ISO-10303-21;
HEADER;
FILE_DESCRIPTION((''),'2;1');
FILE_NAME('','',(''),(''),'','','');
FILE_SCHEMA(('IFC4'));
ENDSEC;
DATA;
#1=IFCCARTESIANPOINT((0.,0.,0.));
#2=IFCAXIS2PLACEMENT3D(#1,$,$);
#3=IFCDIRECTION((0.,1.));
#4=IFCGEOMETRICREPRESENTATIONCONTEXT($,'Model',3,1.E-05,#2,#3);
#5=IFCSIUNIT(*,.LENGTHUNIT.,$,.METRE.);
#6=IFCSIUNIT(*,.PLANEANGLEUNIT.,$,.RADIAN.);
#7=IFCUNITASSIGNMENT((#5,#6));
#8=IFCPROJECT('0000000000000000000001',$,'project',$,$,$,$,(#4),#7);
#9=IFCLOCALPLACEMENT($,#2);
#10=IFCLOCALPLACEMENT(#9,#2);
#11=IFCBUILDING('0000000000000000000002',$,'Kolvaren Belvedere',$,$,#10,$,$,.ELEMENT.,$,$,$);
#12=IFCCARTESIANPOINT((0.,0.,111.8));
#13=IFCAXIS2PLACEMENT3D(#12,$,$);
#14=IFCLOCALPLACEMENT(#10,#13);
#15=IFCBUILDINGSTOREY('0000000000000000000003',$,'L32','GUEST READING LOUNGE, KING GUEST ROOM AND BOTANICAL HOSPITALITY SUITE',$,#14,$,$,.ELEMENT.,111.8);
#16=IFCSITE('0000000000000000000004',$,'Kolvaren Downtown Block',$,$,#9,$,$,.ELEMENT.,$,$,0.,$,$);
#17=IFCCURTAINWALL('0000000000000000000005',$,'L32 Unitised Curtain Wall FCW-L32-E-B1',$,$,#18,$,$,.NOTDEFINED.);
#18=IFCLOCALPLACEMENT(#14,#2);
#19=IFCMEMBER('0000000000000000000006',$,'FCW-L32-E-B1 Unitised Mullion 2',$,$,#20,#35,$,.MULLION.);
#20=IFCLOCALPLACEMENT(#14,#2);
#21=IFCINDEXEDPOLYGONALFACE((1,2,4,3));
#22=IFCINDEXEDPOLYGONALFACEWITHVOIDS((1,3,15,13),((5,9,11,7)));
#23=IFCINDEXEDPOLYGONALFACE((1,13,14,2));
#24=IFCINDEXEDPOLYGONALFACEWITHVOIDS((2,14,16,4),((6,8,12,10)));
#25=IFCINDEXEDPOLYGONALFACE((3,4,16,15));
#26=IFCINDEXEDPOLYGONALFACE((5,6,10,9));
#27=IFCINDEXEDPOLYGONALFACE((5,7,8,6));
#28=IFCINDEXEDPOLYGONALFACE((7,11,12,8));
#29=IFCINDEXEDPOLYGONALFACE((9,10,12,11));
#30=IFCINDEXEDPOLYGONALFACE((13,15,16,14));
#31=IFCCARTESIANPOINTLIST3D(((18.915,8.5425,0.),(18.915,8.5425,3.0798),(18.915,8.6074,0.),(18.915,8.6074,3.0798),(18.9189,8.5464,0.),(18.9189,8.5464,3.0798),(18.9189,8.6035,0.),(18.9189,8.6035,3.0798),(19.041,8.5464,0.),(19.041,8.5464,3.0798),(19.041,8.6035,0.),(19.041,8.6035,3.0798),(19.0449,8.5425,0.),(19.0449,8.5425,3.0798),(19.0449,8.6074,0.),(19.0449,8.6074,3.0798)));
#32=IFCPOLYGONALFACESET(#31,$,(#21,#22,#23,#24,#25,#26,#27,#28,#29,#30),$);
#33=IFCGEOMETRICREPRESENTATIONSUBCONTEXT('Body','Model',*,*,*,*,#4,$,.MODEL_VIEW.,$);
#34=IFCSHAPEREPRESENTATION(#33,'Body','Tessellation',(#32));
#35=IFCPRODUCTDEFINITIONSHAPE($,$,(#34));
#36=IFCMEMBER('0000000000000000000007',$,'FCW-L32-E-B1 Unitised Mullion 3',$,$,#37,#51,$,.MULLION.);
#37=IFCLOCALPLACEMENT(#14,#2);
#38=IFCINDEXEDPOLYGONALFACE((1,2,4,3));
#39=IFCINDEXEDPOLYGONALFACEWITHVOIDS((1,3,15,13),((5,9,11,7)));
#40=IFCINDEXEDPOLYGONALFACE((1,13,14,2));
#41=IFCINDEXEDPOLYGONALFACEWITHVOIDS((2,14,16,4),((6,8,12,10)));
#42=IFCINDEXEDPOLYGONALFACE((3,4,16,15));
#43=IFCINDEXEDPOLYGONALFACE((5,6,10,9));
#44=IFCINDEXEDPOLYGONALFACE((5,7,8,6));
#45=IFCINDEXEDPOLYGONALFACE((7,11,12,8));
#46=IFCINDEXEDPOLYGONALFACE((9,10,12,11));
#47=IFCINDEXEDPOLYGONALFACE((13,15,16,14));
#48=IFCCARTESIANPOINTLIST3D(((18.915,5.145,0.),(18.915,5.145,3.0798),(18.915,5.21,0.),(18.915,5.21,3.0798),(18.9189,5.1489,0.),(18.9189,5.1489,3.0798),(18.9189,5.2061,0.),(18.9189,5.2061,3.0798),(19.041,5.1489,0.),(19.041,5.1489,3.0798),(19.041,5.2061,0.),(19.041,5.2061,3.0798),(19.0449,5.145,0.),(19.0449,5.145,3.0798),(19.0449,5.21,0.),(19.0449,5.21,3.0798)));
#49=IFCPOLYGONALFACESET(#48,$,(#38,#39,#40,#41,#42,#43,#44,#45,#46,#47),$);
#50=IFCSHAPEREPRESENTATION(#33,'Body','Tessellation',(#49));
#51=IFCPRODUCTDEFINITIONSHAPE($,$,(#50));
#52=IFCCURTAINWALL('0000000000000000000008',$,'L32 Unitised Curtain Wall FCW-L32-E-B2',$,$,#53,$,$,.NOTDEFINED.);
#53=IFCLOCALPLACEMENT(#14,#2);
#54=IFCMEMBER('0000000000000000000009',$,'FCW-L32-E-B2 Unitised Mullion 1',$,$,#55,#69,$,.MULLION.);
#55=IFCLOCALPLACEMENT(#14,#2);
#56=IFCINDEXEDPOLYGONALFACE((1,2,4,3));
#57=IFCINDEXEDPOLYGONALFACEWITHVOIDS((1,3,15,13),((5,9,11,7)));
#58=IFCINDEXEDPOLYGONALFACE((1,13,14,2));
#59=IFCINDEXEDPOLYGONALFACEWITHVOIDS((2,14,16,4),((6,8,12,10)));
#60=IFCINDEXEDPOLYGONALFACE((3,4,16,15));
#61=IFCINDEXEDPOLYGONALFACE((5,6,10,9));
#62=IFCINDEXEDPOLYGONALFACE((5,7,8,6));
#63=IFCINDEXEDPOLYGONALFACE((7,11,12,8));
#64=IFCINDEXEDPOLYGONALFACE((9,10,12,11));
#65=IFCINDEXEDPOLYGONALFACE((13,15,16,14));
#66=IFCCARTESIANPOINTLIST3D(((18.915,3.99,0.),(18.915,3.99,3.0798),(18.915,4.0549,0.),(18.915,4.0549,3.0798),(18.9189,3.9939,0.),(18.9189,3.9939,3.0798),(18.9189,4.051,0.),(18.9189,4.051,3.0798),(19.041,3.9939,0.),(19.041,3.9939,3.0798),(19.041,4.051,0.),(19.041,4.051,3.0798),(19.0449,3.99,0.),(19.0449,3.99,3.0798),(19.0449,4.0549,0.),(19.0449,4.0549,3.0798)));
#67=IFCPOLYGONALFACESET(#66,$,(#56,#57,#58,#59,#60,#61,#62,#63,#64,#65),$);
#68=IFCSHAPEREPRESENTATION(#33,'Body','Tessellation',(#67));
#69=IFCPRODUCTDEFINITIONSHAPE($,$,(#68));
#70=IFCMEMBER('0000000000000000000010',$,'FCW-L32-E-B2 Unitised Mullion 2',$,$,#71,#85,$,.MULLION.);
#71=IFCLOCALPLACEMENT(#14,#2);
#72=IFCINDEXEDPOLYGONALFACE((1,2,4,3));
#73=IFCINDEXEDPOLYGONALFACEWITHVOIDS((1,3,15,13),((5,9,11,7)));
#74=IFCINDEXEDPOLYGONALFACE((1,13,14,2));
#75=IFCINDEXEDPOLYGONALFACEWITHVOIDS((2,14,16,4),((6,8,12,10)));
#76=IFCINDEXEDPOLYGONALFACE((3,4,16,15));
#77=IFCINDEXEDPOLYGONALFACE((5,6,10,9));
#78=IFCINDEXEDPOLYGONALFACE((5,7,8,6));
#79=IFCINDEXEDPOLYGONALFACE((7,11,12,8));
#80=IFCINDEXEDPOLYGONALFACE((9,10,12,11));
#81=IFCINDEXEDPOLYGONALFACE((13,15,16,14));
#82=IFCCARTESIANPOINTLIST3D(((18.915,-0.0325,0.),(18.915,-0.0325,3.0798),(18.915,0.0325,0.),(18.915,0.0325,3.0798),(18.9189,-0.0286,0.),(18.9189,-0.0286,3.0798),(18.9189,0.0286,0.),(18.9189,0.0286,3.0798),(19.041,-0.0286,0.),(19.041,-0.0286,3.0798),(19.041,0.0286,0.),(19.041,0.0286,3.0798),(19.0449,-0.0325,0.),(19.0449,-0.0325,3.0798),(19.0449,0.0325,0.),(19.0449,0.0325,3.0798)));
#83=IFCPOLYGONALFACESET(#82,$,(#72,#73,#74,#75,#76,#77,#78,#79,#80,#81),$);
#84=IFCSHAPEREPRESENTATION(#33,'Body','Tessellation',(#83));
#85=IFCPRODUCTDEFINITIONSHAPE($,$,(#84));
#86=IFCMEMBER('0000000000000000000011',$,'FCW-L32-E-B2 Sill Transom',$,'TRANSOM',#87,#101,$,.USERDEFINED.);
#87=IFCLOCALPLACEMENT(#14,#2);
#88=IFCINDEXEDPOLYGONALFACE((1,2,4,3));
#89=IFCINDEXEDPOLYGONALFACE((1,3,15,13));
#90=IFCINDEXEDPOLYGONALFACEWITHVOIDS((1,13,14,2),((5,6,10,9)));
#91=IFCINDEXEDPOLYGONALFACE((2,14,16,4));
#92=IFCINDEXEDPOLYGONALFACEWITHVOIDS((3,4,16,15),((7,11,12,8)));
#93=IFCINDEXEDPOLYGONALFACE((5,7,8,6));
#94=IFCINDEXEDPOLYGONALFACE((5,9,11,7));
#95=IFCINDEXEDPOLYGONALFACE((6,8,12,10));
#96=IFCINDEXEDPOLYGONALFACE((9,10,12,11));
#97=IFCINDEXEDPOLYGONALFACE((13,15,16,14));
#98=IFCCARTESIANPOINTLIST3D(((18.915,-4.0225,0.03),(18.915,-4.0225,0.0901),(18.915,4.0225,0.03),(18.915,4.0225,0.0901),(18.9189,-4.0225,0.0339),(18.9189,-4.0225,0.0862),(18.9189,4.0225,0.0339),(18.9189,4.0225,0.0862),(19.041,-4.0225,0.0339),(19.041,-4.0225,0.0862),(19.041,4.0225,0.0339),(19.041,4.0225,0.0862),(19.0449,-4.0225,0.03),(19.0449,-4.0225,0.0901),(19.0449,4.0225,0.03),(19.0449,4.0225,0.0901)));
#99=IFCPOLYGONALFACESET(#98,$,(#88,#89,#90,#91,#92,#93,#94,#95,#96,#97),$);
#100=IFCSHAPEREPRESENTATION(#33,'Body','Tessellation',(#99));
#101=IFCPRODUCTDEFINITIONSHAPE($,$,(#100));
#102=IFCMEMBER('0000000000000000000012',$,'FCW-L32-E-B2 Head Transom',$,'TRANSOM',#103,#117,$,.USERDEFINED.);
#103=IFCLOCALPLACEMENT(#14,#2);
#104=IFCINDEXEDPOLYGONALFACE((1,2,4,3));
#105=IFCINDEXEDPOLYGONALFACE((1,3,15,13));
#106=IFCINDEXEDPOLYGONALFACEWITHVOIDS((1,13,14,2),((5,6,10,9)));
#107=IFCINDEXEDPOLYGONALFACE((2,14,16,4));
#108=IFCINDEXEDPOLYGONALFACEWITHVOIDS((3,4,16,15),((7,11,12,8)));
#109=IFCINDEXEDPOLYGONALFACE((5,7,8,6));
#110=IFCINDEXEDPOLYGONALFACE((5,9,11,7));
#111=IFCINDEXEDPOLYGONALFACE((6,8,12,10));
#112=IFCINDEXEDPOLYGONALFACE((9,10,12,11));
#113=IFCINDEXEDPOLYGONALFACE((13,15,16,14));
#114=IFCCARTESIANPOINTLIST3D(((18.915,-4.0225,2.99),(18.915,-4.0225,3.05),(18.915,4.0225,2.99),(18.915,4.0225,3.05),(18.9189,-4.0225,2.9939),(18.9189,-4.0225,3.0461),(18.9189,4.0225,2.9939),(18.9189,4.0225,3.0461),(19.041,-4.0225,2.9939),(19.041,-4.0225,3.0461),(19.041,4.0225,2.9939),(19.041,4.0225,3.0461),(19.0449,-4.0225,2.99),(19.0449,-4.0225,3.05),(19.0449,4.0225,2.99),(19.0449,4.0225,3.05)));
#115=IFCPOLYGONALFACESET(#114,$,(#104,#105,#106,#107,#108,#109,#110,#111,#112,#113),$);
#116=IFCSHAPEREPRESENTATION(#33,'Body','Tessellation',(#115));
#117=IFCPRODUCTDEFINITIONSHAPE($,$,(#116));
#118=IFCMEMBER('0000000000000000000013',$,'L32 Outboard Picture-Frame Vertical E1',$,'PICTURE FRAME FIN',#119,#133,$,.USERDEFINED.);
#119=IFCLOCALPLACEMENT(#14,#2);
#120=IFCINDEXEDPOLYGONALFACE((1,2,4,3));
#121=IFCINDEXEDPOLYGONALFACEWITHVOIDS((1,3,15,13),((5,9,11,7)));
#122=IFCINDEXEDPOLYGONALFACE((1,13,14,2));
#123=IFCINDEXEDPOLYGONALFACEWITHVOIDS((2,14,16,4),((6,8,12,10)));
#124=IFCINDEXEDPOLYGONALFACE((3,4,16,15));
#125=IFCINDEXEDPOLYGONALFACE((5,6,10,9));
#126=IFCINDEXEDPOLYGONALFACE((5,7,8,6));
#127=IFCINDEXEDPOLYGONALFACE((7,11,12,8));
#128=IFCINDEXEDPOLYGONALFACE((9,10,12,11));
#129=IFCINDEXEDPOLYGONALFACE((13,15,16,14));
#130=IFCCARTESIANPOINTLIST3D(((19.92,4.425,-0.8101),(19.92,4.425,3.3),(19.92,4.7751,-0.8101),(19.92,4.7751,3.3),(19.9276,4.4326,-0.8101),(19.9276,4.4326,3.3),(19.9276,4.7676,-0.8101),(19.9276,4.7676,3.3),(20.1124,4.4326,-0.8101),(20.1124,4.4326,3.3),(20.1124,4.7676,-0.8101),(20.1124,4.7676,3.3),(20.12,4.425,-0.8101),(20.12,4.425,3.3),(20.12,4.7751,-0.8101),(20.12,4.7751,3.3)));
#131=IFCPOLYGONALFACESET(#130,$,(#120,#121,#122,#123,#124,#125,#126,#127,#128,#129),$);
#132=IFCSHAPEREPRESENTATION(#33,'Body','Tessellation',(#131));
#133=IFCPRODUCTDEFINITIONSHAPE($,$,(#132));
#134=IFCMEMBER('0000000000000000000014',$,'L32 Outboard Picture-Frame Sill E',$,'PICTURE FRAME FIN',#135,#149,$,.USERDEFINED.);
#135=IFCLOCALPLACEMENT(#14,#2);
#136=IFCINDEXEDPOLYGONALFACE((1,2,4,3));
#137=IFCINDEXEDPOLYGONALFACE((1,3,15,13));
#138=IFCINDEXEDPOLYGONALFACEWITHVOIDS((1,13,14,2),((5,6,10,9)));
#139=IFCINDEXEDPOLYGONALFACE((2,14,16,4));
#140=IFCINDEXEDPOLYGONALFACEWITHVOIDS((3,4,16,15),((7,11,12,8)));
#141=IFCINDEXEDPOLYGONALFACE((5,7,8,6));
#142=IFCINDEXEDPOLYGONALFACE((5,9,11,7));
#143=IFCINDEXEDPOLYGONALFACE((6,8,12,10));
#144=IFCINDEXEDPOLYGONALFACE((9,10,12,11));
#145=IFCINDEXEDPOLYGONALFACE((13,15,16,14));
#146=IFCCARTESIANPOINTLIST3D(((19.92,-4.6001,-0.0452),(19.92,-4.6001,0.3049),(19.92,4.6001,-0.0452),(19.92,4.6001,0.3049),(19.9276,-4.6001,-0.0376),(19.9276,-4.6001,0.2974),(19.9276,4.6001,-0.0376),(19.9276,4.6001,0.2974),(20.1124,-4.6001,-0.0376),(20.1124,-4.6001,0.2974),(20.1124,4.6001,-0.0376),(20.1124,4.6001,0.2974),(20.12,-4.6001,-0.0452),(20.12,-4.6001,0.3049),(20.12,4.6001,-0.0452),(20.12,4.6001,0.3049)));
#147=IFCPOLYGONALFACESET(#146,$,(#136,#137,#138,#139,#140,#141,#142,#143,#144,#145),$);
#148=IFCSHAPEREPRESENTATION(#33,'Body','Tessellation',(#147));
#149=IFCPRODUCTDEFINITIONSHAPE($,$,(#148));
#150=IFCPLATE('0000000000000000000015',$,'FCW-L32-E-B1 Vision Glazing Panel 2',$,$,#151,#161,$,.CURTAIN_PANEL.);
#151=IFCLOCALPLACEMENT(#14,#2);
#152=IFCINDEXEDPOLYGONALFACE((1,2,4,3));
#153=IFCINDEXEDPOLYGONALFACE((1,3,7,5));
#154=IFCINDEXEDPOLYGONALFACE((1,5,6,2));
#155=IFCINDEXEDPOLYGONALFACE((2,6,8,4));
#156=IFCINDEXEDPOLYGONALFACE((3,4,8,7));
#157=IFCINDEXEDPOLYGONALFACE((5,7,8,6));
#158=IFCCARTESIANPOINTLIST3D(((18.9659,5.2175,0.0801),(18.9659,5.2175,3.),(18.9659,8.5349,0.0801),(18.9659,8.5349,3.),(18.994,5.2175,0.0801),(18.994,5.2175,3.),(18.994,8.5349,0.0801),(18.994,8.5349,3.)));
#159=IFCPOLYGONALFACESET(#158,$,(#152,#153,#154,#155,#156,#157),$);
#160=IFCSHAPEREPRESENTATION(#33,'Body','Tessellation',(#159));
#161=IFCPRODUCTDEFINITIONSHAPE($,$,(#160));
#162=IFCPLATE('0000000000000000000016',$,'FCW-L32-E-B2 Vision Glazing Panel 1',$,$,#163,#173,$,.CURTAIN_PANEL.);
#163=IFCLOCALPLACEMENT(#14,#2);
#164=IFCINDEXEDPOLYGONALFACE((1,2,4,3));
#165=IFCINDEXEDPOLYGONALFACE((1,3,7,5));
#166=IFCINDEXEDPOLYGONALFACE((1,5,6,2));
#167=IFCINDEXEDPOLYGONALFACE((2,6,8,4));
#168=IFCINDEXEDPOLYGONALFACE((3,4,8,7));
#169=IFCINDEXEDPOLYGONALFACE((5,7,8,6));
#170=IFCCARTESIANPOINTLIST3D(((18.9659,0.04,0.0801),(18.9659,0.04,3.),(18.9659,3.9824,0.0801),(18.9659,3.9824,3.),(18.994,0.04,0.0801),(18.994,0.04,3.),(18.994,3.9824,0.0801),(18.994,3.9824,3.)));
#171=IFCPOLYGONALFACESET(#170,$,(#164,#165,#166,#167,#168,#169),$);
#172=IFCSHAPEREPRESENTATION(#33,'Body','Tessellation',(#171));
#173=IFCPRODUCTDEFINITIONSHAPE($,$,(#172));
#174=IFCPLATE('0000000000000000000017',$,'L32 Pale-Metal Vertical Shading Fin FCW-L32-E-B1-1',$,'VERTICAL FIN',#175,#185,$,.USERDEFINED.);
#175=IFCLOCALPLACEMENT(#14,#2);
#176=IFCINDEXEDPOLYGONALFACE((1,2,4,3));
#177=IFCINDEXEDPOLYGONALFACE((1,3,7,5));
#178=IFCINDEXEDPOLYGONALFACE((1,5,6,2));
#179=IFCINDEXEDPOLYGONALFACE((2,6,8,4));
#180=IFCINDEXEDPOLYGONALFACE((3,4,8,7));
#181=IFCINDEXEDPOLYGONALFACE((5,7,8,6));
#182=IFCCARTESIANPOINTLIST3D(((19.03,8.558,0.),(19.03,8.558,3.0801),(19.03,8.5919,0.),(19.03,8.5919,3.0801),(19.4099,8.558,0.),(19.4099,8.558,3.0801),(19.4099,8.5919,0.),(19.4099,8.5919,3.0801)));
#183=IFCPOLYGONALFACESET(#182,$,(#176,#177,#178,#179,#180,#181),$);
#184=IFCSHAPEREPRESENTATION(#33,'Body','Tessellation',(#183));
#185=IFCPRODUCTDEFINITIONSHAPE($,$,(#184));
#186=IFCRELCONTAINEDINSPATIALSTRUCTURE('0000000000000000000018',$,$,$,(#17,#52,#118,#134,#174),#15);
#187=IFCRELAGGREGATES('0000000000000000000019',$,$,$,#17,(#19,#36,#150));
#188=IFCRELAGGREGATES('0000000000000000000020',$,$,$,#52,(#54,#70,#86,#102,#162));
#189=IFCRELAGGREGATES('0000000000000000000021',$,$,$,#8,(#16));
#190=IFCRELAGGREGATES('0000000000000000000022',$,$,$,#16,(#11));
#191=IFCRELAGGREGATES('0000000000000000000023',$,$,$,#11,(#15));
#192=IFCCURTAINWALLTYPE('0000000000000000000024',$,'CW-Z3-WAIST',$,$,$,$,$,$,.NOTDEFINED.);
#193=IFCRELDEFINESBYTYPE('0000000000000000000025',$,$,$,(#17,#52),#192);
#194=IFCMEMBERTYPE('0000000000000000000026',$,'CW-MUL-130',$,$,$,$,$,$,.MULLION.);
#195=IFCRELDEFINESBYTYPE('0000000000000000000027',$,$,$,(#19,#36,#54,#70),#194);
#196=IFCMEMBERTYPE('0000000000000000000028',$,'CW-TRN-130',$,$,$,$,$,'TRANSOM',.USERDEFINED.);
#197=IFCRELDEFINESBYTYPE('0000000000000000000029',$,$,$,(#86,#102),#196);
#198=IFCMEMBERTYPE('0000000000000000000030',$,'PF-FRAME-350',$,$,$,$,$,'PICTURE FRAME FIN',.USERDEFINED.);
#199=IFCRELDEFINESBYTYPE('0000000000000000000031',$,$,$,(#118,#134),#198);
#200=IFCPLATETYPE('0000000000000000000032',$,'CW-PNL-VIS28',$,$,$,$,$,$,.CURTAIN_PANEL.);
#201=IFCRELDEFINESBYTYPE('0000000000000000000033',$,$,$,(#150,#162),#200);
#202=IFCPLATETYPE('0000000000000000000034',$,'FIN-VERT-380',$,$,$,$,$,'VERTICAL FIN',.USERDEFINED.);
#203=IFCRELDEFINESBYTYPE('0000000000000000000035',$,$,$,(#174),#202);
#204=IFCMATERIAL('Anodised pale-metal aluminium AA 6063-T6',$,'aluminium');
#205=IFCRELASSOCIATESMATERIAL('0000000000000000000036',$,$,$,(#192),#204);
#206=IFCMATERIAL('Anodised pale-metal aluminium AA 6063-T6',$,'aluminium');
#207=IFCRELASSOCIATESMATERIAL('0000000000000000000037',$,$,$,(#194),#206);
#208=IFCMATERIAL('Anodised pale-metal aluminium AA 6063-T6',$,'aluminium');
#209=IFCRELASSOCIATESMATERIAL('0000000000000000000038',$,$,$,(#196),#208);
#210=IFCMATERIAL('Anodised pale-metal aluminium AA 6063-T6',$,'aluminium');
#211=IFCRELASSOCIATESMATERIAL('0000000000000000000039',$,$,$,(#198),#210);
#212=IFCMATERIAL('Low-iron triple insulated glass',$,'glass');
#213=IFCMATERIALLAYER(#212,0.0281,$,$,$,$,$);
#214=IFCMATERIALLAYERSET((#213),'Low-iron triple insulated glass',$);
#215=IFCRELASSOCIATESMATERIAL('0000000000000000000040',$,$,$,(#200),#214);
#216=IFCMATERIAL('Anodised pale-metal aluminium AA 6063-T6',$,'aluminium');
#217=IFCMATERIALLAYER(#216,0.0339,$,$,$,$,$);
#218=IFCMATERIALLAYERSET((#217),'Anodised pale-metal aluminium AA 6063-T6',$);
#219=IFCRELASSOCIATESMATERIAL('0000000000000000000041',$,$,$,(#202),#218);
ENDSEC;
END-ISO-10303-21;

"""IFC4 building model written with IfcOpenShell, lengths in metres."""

from ifc_helpers import new_model, si_unit, direction, frame, origin, origin_2d, place, context, subcontext, project, spatial, rectangle, hollow_rectangle, extrude, material, layer, layer_set, material_profile, profile_set, type_object, element, aggregate, save


model = new_model("IFC4")

# Units and contexts
model_context = context("Model", 3, precision=1e-05, world=origin(), true_north=direction((0.0, 1.0)))
body_context = subcontext(model_context, "Body", "Model", "MODEL_VIEW")
ifc_project = project(units=[si_unit("LENGTHUNIT", "METRE"), si_unit("PLANEANGLEUNIT", "RADIAN")], contexts=[model_context])

# Site, building, storey
site_placement = place(None, origin())
site = spatial("IfcSite", under=ifc_project, at=site_placement, Name="Kolvaren Downtown Block", CompositionType="ELEMENT", RefElevation=0.0)
building_placement = place(site_placement, origin())
building = spatial("IfcBuilding", under=site, at=building_placement, Name="Kolvaren Belvedere", CompositionType="ELEMENT")
storey_placement = place(building_placement, frame((0.0, 0.0, 111.8)))
storey = spatial("IfcBuildingStorey", under=building, at=storey_placement, Name="L32", Description="GUEST READING LOUNGE, KING GUEST ROOM AND BOTANICAL HOSPITALITY SUITE", CompositionType="ELEMENT", Elevation=111.8)

# Curtain walls, members
ifc_material_1 = material(Name="Anodised pale-metal aluminium AA 6063-T6", Category="aluminium")
curtain_wall_type = type_object("IfcCurtainWallType", Name="CW-Z3-WAIST", PredefinedType="NOTDEFINED", material=ifc_material_1)
curtain_wall_1_placement = place(storey_placement, origin())
curtain_wall_1 = element("IfcCurtainWall", 1, at=curtain_wall_1_placement, inside=storey, type_object=curtain_wall_type, Name="L32 Unitised Curtain Wall FCW-L32-E-B1", PredefinedType="NOTDEFINED")
ifc_material_2 = material(Name="Anodised pale-metal aluminium AA 6063-T6", Category="aluminium")
ifc_material_profile_1 = material_profile(ifc_material_2, hollow_rectangle(XDim=0.0649, YDim=0.1299, WallThickness=0.0039, at=origin_2d()), Name="ALU-MUL-130X65")
ifc_profile_set_1 = profile_set([ifc_material_profile_1], Name="Anodised pale-metal aluminium AA 6063-T6")
member_type_1 = type_object("IfcMemberType", Name="CW-MUL-130", PredefinedType="MULLION", material=ifc_profile_set_1)
member_1_placement = place(storey_placement, frame((18.98, 8.575, 0.0), z_axis=(0.0, 0.0, 1.0), x_axis=(0.0, 1.0, 0.0)))
member_1 = element("IfcMember", 2, at=member_1_placement, type_object=member_type_1, Name="FCW-L32-E-B1 Unitised Mullion 2", PredefinedType="MULLION", context=body_context, shape_type="SweptSolid", body=[
    extrude(hollow_rectangle(XDim=0.0649, YDim=0.1299, WallThickness=0.0039, at=origin_2d()), origin(), (0.0, 0.0, 1.0), 3.0798),
])
member_2_placement = place(storey_placement, frame((18.98, 5.1775, 0.0), z_axis=(0.0, 0.0, 1.0), x_axis=(0.0, 1.0, 0.0)))
member_2 = element("IfcMember", 3, at=member_2_placement, type_object=member_type_1, Name="FCW-L32-E-B1 Unitised Mullion 3", PredefinedType="MULLION", context=body_context, shape_type="SweptSolid", body=[
    extrude(hollow_rectangle(XDim=0.0649, YDim=0.1299, WallThickness=0.0039, at=origin_2d()), origin(), (0.0, 0.0, 1.0), 3.0798),
])
curtain_wall_2_placement = place(storey_placement, origin())
curtain_wall_2 = element("IfcCurtainWall", 4, at=curtain_wall_2_placement, inside=storey, type_object=curtain_wall_type, Name="L32 Unitised Curtain Wall FCW-L32-E-B2", PredefinedType="NOTDEFINED")
member_3_placement = place(storey_placement, frame((18.98, 4.0225, 0.0), z_axis=(0.0, 0.0, 1.0), x_axis=(0.0, 1.0, 0.0)))
member_3 = element("IfcMember", 5, at=member_3_placement, type_object=member_type_1, Name="FCW-L32-E-B2 Unitised Mullion 1", PredefinedType="MULLION", context=body_context, shape_type="SweptSolid", body=[
    extrude(hollow_rectangle(XDim=0.0649, YDim=0.1299, WallThickness=0.0039, at=origin_2d()), origin(), (0.0, 0.0, 1.0), 3.0798),
])
member_4_placement = place(storey_placement, frame((18.98, 0.0, 0.0), z_axis=(0.0, 0.0, 1.0), x_axis=(0.0, 1.0, 0.0)))
member_4 = element("IfcMember", 6, at=member_4_placement, type_object=member_type_1, Name="FCW-L32-E-B2 Unitised Mullion 2", PredefinedType="MULLION", context=body_context, shape_type="SweptSolid", body=[
    extrude(hollow_rectangle(XDim=0.0649, YDim=0.1299, WallThickness=0.0039, at=origin_2d()), origin(), (0.0, 0.0, 1.0), 3.0798),
])
ifc_material_3 = material(Name="Anodised pale-metal aluminium AA 6063-T6", Category="aluminium")
ifc_material_profile_2 = material_profile(ifc_material_3, hollow_rectangle(XDim=0.0601, YDim=0.1299, WallThickness=0.0039, at=origin_2d()), Name="ALU-TRN-130X60")
ifc_profile_set_2 = profile_set([ifc_material_profile_2], Name="Anodised pale-metal aluminium AA 6063-T6")
member_type_2 = type_object("IfcMemberType", Name="CW-TRN-130", ElementType="TRANSOM", PredefinedType="USERDEFINED", material=ifc_profile_set_2)
member_5_placement = place(storey_placement, frame((18.98, 4.0225, 0.0601), z_axis=(0.0, -1.0, 0.0), x_axis=(0.0, 0.0, 1.0)))
member_5 = element("IfcMember", 7, at=member_5_placement, type_object=member_type_2, Name="FCW-L32-E-B2 Sill Transom", ObjectType="TRANSOM", PredefinedType="USERDEFINED", context=body_context, shape_type="SweptSolid", body=[
    extrude(hollow_rectangle(XDim=0.0601, YDim=0.1299, WallThickness=0.0039, at=origin_2d()), origin(), (0.0, 0.0, 1.0), 8.0449),
])
member_6_placement = place(storey_placement, frame((18.98, 4.0225, 3.02), z_axis=(0.0, -1.0, 0.0), x_axis=(0.0, 0.0, 1.0)))
member_6 = element("IfcMember", 8, at=member_6_placement, type_object=member_type_2, Name="FCW-L32-E-B2 Head Transom", ObjectType="TRANSOM", PredefinedType="USERDEFINED", context=body_context, shape_type="SweptSolid", body=[
    extrude(hollow_rectangle(XDim=0.0601, YDim=0.1299, WallThickness=0.0039, at=origin_2d()), origin(), (0.0, 0.0, 1.0), 8.0449),
])

# Members
ifc_material_4 = material(Name="Anodised pale-metal aluminium AA 6063-T6", Category="aluminium")
ifc_material_profile_3 = material_profile(ifc_material_4, hollow_rectangle(XDim=0.2, YDim=0.3501, WallThickness=0.0076, at=origin_2d()), Name="ALU-PF-350X200")
ifc_profile_set_3 = profile_set([ifc_material_profile_3], Name="Anodised pale-metal aluminium AA 6063-T6")
member_type_3 = type_object("IfcMemberType", Name="PF-FRAME-350", ElementType="PICTURE FRAME FIN", PredefinedType="USERDEFINED", material=ifc_profile_set_3)
member_7_placement = place(storey_placement, frame((20.02, 4.6001, -0.8101), z_axis=(0.0, 0.0, 1.0), x_axis=(1.0, 0.0, 0.0)))
element("IfcMember", 9, at=member_7_placement, inside=storey, type_object=member_type_3, Name="L32 Outboard Picture-Frame Vertical E1", ObjectType="PICTURE FRAME FIN", PredefinedType="USERDEFINED", context=body_context, shape_type="SweptSolid", body=[
    extrude(hollow_rectangle(XDim=0.2, YDim=0.3501, WallThickness=0.0076, at=origin_2d()), origin(), (0.0, 0.0, 1.0), 4.1101),
])
member_8_placement = place(storey_placement, frame((20.02, 4.6001, 0.1299), z_axis=(0.0, -1.0, 0.0), x_axis=(1.0, 0.0, 0.0)))
element("IfcMember", 10, at=member_8_placement, inside=storey, type_object=member_type_3, Name="L32 Outboard Picture-Frame Sill E", ObjectType="PICTURE FRAME FIN", PredefinedType="USERDEFINED", context=body_context, shape_type="SweptSolid", body=[
    extrude(hollow_rectangle(XDim=0.2, YDim=0.3501, WallThickness=0.0076, at=origin_2d()), origin(), (0.0, 0.0, 1.0), 9.2002),
])

# Plates
ifc_material_5 = material(Name="Low-iron triple insulated glass", Category="glass")
ifc_layer_1 = layer(ifc_material_5, 0.0281)
ifc_layer_set_1 = layer_set([ifc_layer_1], Name="Low-iron triple insulated glass")
plate_type_1 = type_object("IfcPlateType", Name="CW-PNL-VIS28", PredefinedType="CURTAIN_PANEL", material=ifc_layer_set_1)
plate_1_placement = place(storey_placement, frame((18.98, 6.8762, 0.0801), z_axis=(0.0, 0.0, 1.0), x_axis=(0.0, -1.0, 0.0)))
plate_1 = element("IfcPlate", 11, at=plate_1_placement, type_object=plate_type_1, Name="FCW-L32-E-B1 Vision Glazing Panel 2", PredefinedType="CURTAIN_PANEL", context=body_context, shape_type="SweptSolid", body=[
    extrude(rectangle(XDim=3.3174, YDim=0.0281, at=origin_2d()), origin(), (0.0, 0.0, 1.0), 2.9199),
])
aggregate(curtain_wall_1, [member_1, member_2, plate_1])
plate_2_placement = place(storey_placement, frame((18.98, 2.0112, 0.0801), z_axis=(0.0, 0.0, 1.0), x_axis=(0.0, -1.0, 0.0)))
plate_2 = element("IfcPlate", 12, at=plate_2_placement, type_object=plate_type_1, Name="FCW-L32-E-B2 Vision Glazing Panel 1", PredefinedType="CURTAIN_PANEL", context=body_context, shape_type="SweptSolid", body=[
    extrude(rectangle(XDim=3.9424, YDim=0.0281, at=origin_2d()), origin(), (0.0, 0.0, 1.0), 2.9199),
])
aggregate(curtain_wall_2, [member_3, member_4, member_5, member_6, plate_2])

# Plate
ifc_material_6 = material(Name="Anodised pale-metal aluminium AA 6063-T6", Category="aluminium")
ifc_layer_2 = layer(ifc_material_6, 0.0339)
ifc_layer_set_2 = layer_set([ifc_layer_2], Name="Anodised pale-metal aluminium AA 6063-T6")
plate_type_2 = type_object("IfcPlateType", Name="FIN-VERT-380", ElementType="VERTICAL FIN", PredefinedType="USERDEFINED", material=ifc_layer_set_2)
for number, where, z_axis, x_axis, name in (
    (13, (19.22, 8.575, 0.0), (0.0, 0.0, 1.0), (1.0, 0.0, 0.0), "L32 Pale-Metal Vertical Shading Fin FCW-L32-E-B1-1"),
):
    element("IfcPlate", number, at=place(storey_placement, frame(where, z_axis=z_axis, x_axis=x_axis)), inside=storey, type_object=plate_type_2, Name=name, ObjectType="VERTICAL FIN", PredefinedType="USERDEFINED", context=body_context, shape_type="SweptSolid", body=[
        extrude(rectangle(XDim=0.3799, YDim=0.0339, at=origin_2d()), origin(), (0.0, 0.0, 1.0), 3.0801),
    ])

save(model, "model.ifc")
